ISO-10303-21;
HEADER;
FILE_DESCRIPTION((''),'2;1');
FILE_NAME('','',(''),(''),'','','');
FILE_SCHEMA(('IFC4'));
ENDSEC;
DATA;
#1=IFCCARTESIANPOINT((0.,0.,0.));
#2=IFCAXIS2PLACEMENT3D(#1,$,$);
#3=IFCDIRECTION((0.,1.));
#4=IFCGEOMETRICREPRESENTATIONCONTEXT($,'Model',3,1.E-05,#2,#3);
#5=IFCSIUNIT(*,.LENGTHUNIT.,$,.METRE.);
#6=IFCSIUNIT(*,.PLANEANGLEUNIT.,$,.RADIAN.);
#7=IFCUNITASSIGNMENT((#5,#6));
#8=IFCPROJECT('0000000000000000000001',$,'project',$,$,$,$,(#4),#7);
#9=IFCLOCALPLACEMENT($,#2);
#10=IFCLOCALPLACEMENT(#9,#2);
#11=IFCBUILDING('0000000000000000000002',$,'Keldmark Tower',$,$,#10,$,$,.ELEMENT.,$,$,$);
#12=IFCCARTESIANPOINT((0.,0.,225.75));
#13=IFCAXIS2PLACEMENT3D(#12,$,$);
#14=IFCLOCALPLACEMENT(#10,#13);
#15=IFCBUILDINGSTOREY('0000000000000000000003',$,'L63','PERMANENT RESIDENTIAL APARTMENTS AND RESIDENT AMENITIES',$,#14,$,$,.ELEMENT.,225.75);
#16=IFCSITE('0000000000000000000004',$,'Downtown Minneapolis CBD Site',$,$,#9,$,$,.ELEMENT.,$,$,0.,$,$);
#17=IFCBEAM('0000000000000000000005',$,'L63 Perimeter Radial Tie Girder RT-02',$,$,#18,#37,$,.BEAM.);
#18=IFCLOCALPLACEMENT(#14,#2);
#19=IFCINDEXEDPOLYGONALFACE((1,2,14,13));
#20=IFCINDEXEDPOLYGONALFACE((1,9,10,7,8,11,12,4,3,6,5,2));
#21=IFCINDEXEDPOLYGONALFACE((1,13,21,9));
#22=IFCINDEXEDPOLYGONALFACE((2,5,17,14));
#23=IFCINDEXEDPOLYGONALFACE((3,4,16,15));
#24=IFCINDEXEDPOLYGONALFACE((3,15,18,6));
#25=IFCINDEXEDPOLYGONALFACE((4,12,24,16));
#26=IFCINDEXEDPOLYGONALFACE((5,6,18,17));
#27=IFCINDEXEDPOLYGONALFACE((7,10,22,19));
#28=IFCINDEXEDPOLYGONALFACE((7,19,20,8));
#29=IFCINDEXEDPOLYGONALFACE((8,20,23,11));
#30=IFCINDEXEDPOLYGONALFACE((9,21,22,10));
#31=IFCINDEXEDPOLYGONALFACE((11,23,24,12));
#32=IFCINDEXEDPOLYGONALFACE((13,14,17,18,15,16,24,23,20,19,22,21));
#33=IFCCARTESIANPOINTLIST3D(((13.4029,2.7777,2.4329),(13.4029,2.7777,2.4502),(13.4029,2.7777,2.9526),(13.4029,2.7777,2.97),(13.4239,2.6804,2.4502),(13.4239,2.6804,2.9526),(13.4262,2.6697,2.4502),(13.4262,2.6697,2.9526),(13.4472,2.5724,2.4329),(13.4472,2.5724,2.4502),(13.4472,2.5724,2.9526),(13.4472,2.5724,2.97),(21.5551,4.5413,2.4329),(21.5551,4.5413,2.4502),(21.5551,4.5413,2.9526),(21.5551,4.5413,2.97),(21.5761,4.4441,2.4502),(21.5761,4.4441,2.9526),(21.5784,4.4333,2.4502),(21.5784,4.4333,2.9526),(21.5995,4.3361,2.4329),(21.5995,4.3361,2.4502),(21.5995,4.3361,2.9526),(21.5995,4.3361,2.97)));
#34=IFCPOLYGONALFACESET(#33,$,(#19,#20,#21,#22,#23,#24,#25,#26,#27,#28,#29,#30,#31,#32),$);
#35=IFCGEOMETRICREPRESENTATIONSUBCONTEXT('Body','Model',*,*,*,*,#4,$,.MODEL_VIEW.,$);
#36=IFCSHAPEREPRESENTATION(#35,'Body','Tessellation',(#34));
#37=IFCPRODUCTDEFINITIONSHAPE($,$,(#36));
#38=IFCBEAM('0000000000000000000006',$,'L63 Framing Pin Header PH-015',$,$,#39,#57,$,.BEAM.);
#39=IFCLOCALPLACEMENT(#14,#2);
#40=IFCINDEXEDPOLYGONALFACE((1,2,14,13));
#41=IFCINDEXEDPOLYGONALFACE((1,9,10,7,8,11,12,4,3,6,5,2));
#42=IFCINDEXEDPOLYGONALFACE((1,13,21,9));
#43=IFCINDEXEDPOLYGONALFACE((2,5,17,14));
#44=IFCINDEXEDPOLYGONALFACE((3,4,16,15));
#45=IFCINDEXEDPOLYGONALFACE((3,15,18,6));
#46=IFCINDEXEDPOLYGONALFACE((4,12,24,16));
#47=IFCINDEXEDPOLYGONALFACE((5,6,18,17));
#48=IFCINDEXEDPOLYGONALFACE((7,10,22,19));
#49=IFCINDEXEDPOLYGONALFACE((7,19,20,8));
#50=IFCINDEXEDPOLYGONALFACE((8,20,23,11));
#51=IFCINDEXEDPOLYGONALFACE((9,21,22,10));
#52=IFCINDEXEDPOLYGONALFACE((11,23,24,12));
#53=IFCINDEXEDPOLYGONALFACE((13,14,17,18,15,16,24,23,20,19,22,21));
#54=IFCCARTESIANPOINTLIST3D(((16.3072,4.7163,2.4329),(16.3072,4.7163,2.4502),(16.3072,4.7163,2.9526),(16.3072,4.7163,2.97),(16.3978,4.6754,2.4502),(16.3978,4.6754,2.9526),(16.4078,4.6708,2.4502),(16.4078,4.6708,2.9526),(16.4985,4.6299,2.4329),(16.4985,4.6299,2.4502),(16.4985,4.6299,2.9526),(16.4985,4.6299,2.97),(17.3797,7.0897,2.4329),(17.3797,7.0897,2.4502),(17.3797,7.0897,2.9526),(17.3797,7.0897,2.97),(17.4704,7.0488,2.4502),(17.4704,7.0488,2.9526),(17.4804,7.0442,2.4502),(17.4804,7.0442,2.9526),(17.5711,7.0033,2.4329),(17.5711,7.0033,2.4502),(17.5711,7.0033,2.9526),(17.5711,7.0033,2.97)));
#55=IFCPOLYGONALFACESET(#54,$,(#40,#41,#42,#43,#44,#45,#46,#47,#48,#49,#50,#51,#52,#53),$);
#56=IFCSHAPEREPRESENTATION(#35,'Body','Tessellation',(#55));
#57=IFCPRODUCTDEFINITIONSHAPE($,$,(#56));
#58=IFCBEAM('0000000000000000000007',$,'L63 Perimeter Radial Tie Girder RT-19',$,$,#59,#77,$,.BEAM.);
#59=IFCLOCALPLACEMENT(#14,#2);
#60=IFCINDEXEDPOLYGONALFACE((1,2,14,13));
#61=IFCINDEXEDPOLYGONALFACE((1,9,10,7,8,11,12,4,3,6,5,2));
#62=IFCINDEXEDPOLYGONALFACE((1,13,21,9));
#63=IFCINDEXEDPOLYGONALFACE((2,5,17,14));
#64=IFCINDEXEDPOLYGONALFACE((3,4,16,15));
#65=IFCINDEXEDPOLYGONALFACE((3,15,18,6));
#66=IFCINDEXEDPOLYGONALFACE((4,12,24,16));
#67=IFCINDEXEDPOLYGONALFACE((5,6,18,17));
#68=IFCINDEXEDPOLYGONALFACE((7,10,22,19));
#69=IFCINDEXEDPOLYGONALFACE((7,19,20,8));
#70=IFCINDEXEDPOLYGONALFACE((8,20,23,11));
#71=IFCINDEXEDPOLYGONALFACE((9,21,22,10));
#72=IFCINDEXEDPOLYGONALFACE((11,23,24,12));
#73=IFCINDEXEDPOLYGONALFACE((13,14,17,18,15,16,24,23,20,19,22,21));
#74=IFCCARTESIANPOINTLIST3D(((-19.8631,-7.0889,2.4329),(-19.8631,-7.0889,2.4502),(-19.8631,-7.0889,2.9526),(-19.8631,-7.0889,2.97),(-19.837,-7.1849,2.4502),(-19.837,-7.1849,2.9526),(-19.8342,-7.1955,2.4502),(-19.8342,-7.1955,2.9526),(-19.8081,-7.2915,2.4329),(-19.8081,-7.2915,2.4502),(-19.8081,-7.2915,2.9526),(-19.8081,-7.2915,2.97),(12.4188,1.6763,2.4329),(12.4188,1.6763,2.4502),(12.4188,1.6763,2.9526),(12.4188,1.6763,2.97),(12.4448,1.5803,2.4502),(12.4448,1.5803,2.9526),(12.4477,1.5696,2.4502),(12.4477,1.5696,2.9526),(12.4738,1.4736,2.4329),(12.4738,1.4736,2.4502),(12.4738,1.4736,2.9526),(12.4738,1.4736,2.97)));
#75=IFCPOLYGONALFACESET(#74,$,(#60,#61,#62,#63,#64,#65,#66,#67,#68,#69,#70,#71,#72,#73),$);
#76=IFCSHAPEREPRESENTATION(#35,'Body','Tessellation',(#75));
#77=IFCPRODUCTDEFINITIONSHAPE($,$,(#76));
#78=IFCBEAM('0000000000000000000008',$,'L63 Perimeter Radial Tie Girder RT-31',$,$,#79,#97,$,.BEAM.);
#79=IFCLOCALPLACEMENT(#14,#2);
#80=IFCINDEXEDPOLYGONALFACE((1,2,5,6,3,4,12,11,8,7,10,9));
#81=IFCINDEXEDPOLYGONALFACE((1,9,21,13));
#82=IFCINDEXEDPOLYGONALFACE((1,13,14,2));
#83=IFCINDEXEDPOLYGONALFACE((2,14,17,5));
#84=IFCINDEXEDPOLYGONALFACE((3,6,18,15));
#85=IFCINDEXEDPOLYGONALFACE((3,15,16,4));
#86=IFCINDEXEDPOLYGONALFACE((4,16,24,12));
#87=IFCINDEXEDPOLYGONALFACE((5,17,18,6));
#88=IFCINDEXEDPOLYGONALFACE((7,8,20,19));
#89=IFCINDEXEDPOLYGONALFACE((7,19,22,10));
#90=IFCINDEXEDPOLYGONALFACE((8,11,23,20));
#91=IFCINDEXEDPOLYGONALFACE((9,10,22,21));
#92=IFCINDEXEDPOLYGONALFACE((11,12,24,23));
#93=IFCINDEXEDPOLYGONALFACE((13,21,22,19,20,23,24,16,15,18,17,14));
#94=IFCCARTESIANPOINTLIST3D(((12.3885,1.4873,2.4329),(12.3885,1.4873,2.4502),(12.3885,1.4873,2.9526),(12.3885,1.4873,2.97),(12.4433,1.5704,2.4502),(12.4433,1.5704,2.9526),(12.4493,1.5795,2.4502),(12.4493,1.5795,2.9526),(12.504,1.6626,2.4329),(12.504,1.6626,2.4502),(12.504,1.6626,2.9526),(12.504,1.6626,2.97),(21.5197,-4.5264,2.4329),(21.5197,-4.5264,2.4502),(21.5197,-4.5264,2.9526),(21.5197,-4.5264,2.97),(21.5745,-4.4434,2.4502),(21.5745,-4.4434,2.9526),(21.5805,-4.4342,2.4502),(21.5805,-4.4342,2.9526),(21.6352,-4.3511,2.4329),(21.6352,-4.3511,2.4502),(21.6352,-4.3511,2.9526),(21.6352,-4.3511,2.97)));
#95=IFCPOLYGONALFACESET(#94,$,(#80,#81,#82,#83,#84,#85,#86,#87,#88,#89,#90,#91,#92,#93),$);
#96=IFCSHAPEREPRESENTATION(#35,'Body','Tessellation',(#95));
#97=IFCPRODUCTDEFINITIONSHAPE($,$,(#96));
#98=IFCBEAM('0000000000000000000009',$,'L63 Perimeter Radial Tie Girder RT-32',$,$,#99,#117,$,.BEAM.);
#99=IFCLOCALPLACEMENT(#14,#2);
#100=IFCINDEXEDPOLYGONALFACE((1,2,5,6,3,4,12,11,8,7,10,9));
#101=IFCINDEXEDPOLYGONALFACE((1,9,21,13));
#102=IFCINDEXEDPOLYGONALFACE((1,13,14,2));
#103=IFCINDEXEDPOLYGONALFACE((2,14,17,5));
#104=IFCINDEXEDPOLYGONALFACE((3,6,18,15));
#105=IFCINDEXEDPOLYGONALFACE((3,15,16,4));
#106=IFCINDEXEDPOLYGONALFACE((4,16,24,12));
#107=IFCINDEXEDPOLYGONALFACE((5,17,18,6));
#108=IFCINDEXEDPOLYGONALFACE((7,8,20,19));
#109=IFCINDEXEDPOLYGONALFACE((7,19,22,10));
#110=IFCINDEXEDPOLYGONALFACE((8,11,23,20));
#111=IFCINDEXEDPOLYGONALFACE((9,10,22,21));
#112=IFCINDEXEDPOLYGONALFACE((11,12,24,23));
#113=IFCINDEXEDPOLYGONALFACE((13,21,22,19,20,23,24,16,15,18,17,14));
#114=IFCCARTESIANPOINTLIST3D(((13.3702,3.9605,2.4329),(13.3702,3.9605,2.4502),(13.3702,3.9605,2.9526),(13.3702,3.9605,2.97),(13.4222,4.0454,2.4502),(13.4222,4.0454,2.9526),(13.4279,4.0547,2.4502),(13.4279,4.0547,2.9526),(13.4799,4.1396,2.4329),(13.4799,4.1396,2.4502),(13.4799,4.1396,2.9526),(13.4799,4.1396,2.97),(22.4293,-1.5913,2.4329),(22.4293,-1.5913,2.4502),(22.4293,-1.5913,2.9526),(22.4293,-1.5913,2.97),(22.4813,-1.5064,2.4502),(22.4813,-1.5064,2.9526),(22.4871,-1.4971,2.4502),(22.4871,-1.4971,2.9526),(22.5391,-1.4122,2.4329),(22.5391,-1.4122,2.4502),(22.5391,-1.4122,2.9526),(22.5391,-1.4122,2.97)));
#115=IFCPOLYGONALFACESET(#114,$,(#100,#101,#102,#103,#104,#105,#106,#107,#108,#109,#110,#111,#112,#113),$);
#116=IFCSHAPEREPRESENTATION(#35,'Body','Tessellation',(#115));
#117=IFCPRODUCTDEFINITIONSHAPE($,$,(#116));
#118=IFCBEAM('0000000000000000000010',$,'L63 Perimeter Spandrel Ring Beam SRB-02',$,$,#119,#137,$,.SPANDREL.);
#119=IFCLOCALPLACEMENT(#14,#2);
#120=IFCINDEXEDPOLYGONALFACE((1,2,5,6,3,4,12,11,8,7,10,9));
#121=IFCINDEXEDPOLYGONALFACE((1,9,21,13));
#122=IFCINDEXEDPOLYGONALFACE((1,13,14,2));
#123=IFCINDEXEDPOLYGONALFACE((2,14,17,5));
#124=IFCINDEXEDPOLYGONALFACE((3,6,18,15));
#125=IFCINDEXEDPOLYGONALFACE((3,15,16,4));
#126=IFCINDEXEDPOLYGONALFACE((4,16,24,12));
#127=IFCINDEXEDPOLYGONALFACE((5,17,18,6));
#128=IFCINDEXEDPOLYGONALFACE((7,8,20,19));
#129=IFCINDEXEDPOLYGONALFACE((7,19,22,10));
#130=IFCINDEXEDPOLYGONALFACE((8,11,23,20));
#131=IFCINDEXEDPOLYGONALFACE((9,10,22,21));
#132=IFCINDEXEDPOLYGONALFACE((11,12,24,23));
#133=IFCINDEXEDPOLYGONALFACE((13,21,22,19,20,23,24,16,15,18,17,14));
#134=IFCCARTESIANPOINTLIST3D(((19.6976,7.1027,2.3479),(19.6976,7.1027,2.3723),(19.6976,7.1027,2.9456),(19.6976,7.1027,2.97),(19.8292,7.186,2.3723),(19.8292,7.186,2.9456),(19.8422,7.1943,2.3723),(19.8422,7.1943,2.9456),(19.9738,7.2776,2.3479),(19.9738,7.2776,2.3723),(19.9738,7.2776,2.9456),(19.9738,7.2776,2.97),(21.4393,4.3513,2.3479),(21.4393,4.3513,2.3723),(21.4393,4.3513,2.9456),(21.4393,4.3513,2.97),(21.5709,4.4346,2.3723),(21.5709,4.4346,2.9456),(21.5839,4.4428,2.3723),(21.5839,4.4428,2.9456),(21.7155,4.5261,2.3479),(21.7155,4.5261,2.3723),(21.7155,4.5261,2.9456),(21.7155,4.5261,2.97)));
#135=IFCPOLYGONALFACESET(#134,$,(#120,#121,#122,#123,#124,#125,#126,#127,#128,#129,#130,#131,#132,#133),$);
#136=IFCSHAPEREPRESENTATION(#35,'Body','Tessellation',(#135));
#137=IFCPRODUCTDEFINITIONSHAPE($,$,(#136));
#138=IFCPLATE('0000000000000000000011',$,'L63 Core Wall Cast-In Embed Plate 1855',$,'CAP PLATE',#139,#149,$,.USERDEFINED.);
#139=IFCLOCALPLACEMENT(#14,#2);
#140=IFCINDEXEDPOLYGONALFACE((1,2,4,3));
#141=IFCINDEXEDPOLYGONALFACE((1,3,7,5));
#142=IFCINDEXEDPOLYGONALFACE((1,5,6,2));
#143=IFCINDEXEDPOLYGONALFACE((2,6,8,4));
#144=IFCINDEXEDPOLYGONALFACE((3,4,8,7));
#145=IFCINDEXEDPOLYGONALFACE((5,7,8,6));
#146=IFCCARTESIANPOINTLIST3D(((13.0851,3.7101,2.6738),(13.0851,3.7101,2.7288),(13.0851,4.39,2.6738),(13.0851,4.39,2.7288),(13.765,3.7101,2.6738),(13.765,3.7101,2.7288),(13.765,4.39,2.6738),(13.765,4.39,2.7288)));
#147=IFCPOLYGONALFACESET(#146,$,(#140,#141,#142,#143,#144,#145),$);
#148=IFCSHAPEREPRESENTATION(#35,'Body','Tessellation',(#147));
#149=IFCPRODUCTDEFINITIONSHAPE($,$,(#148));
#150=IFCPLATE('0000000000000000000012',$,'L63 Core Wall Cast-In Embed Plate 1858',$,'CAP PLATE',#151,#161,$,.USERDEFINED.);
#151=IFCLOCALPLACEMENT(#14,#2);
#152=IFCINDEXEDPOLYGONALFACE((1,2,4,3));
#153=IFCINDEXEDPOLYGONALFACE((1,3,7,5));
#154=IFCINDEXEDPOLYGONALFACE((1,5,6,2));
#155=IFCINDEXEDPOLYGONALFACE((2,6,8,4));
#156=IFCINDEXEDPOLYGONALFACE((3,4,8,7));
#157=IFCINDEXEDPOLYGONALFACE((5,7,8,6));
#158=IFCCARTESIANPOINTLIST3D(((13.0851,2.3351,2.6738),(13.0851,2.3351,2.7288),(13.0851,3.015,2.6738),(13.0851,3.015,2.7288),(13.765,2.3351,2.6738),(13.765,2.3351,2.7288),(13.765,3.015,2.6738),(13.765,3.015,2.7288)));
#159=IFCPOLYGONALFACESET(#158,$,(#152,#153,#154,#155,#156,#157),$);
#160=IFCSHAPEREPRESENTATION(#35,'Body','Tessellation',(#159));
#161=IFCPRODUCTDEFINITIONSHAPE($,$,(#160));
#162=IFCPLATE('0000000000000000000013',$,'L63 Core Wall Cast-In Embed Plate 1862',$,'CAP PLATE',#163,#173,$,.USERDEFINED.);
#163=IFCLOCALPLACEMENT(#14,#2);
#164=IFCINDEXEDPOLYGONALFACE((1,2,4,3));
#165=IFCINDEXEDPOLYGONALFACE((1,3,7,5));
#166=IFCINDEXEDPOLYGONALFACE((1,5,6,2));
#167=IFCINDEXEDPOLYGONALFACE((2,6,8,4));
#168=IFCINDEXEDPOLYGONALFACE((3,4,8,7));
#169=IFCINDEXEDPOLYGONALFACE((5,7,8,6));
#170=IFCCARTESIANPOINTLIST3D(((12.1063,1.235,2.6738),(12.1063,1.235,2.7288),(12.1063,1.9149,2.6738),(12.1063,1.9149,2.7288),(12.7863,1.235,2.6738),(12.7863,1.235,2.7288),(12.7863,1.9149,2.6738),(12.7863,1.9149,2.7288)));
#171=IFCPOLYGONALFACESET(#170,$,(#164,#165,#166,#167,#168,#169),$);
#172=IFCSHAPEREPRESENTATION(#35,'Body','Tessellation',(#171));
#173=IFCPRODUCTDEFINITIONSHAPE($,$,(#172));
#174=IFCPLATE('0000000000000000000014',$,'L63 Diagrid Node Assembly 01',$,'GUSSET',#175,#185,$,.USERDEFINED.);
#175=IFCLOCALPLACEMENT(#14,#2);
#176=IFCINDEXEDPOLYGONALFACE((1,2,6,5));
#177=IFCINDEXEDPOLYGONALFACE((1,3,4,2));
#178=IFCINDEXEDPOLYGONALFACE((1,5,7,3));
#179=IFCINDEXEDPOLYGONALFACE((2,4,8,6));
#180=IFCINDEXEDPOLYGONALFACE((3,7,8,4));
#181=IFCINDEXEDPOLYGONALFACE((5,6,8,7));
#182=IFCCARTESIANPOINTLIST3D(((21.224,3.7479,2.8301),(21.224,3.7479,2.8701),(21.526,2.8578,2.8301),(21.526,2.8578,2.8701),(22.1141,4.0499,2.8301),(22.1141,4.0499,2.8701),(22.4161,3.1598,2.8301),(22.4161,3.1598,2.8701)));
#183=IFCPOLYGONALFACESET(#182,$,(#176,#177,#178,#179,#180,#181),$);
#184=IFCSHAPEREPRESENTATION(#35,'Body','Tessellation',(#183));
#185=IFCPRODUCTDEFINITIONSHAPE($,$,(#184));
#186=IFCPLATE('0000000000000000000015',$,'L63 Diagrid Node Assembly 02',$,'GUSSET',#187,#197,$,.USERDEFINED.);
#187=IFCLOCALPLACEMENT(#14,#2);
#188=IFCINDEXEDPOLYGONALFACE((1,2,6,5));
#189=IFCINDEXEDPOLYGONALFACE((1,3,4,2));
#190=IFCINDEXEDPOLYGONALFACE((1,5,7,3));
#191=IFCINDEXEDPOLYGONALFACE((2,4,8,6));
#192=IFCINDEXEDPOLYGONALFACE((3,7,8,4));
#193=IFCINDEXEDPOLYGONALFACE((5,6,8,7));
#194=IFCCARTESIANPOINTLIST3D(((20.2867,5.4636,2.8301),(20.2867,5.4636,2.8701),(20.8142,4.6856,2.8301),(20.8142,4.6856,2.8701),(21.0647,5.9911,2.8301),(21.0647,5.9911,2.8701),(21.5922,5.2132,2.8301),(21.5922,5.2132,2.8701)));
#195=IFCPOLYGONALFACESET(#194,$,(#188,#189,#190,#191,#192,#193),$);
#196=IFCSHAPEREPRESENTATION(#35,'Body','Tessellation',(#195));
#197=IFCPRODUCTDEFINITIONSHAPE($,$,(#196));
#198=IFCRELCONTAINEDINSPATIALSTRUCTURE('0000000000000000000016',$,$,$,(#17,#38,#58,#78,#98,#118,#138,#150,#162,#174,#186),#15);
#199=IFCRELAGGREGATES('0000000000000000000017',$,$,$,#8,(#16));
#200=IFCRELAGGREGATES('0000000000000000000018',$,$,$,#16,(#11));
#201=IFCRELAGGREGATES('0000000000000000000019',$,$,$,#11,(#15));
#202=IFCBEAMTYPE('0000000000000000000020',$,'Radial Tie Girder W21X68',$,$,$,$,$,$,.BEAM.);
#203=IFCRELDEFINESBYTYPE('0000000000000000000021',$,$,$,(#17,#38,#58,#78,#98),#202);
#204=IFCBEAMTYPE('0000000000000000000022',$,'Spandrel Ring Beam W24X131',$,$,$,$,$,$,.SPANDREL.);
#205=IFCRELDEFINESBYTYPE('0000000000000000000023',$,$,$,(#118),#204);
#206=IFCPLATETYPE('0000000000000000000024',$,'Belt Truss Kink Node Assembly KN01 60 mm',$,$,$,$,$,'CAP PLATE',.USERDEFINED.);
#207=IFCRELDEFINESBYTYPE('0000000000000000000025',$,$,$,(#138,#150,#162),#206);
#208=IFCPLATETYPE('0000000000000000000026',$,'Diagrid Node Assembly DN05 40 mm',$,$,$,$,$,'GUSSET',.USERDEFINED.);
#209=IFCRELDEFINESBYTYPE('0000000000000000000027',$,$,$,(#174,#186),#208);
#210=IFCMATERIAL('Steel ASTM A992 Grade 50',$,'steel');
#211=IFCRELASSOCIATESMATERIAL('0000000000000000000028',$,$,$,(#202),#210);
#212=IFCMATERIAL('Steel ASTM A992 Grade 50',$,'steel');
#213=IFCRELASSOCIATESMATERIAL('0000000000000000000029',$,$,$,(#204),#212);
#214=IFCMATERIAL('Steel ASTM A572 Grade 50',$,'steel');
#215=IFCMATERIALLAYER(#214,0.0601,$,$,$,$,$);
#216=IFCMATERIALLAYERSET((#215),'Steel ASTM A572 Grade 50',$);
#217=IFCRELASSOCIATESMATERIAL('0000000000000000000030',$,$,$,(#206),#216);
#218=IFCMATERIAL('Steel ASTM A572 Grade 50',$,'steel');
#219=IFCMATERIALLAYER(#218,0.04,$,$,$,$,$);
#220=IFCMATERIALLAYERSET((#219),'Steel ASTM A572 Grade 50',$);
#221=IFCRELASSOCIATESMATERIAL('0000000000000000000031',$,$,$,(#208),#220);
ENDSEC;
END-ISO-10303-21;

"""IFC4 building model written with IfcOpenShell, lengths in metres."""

from ifc_helpers import new_model, si_unit, direction, frame, origin, origin_2d, place, context, subcontext, project, spatial, rectangle, i_section, extrude, material, layer, layer_set, material_profile, profile_set, type_object, element, save


model = new_model("IFC4")

# Units and contexts
model_context = context("Model", 3, precision=1e-05, world=origin(), true_north=direction((0.0, 1.0)))
body_context = subcontext(model_context, "Body", "Model", "MODEL_VIEW")
ifc_project = project(units=[si_unit("LENGTHUNIT", "METRE"), si_unit("PLANEANGLEUNIT", "RADIAN")], contexts=[model_context])

# Site, building, storey
site_placement = place(None, origin())
site = spatial("IfcSite", under=ifc_project, at=site_placement, Name="Downtown Minneapolis CBD Site", CompositionType="ELEMENT", RefElevation=0.0)
building_placement = place(site_placement, origin())
building = spatial("IfcBuilding", under=site, at=building_placement, Name="Keldmark Tower", CompositionType="ELEMENT")
storey_placement = place(building_placement, frame((0.0, 0.0, 225.75)))
storey = spatial("IfcBuildingStorey", under=building, at=storey_placement, Name="L63", Description="PERMANENT RESIDENTIAL APARTMENTS AND RESIDENT AMENITIES", CompositionType="ELEMENT", Elevation=225.75)

# Beams
ifc_material_1 = material(Name="Steel ASTM A992 Grade 50", Category="steel")
ifc_material_profile_1 = material_profile(ifc_material_1, i_section(OverallWidth=0.21, OverallDepth=0.5371, WebThickness=0.011, FlangeThickness=0.0173, at=origin_2d()), Name="W21X68")
ifc_profile_set_1 = profile_set([ifc_material_profile_1], Name="Steel ASTM A992 Grade 50")
beam_type_1 = type_object("IfcBeamType", Name="Radial Tie Girder W21X68", PredefinedType="BEAM", material=ifc_profile_set_1)
beam_1_placement = place(storey_placement, frame((13.425, 2.675, 2.7014), z_axis=(0.977389, 0.211448, 0.0), x_axis=(-0.211448, 0.977389, 0.0)))
element("IfcBeam", 1, at=beam_1_placement, inside=storey, type_object=beam_type_1, Name="L63 Perimeter Radial Tie Girder RT-02", PredefinedType="BEAM", context=body_context, shape_type="SweptSolid", body=[
    extrude(i_section(OverallWidth=0.21, OverallDepth=0.5371, WebThickness=0.011, FlangeThickness=0.0173, at=origin_2d()), origin(), (0.0, 0.0, 1.0), 8.3408),
])
beam_2_placement = place(storey_placement, frame((16.4028, 4.6731, 2.7014), z_axis=(0.41181, 0.91127, 0.0), x_axis=(-0.91127, 0.41181, 0.0)))
element("IfcBeam", 2, at=beam_2_placement, inside=storey, type_object=beam_type_1, Name="L63 Framing Pin Header PH-015", PredefinedType="BEAM", context=body_context, shape_type="SweptSolid", body=[
    extrude(i_section(OverallWidth=0.21, OverallDepth=0.5371, WebThickness=0.011, FlangeThickness=0.0173, at=origin_2d()), origin(), (0.0, 0.0, 1.0), 2.6045),
])
beam_3_placement = place(storey_placement, frame((12.4463, 1.575, 2.7014), z_axis=(-0.965059, -0.262031, 0.0), x_axis=(0.262031, -0.965059, 0.0)))
element("IfcBeam", 3, at=beam_3_placement, inside=storey, type_object=beam_type_1, Name="L63 Perimeter Radial Tie Girder RT-19", PredefinedType="BEAM", context=body_context, shape_type="SweptSolid", body=[
    extrude(i_section(OverallWidth=0.21, OverallDepth=0.5371, WebThickness=0.011, FlangeThickness=0.0173, at=origin_2d()), origin(), (0.0, 0.0, 1.0), 33.4507),
])
beam_4_placement = place(storey_placement, frame((12.4463, 1.575, 2.7014), z_axis=(0.83515, -0.550023, 0.0), x_axis=(0.550023, 0.83515, 0.0)))
element("IfcBeam", 4, at=beam_4_placement, inside=storey, type_object=beam_type_1, Name="L63 Perimeter Radial Tie Girder RT-31", PredefinedType="BEAM", context=body_context, shape_type="SweptSolid", body=[
    extrude(i_section(OverallWidth=0.21, OverallDepth=0.5371, WebThickness=0.011, FlangeThickness=0.0173, at=origin_2d()), origin(), (0.0, 0.0, 1.0), 10.9336),
])
beam_5_placement = place(storey_placement, frame((13.425, 4.05, 2.7014), z_axis=(0.852626, -0.522522, 0.0), x_axis=(0.522522, 0.852626, 0.0)))
element("IfcBeam", 5, at=beam_5_placement, inside=storey, type_object=beam_type_1, Name="L63 Perimeter Radial Tie Girder RT-32", PredefinedType="BEAM", context=body_context, shape_type="SweptSolid", body=[
    extrude(i_section(OverallWidth=0.21, OverallDepth=0.5371, WebThickness=0.011, FlangeThickness=0.0173, at=origin_2d()), origin(), (0.0, 0.0, 1.0), 10.625),
])
ifc_material_2 = material(Name="Steel ASTM A992 Grade 50", Category="steel")
ifc_material_profile_2 = material_profile(ifc_material_2, i_section(OverallWidth=0.3269, OverallDepth=0.6221, WebThickness=0.0154, FlangeThickness=0.0244, at=origin_2d()), Name="W24X131")
ifc_profile_set_2 = profile_set([ifc_material_profile_2], Name="Steel ASTM A992 Grade 50")
beam_type_2 = type_object("IfcBeamType", Name="Spandrel Ring Beam W24X131", PredefinedType="SPANDREL", material=ifc_profile_set_2)
beam_6_placement = place(storey_placement, frame((21.5774, 4.4387, 2.6589), z_axis=(-0.534856, 0.844943, 0.0), x_axis=(-0.844943, -0.534856, 0.0)))
element("IfcBeam", 6, at=beam_6_placement, inside=storey, type_object=beam_type_2, Name="L63 Perimeter Spandrel Ring Beam SRB-02", PredefinedType="SPANDREL", context=body_context, shape_type="SweptSolid", body=[
    extrude(i_section(OverallWidth=0.3269, OverallDepth=0.6221, WebThickness=0.0154, FlangeThickness=0.0244, at=origin_2d()), origin(), (0.0, 0.0, 1.0), 3.2563),
])

# Plates
ifc_material_3 = material(Name="Steel ASTM A572 Grade 50", Category="steel")
ifc_layer_1 = layer(ifc_material_3, 0.0601)
ifc_layer_set_1 = layer_set([ifc_layer_1], Name="Steel ASTM A572 Grade 50")
plate_type_1 = type_object("IfcPlateType", Name="Belt Truss Kink Node Assembly KN01 60 mm", ElementType="CAP PLATE", PredefinedType="USERDEFINED", material=ifc_layer_set_1)
for number, where, z_axis, x_axis, name in (
    (7, (13.425, 4.05, 2.6738), (0.0, 0.0, 1.0), (1.0, 0.0, 0.0), "L63 Core Wall Cast-In Embed Plate 1855"),
    (8, (13.425, 2.675, 2.6738), (0.0, 0.0, 1.0), (1.0, 0.0, 0.0), "L63 Core Wall Cast-In Embed Plate 1858"),
    (9, (12.4463, 1.575, 2.6738), (0.0, 0.0, 1.0), (1.0, 0.0, 0.0), "L63 Core Wall Cast-In Embed Plate 1862"),
):
    element("IfcPlate", number, at=place(storey_placement, frame(where, z_axis=z_axis, x_axis=x_axis)), inside=storey, type_object=plate_type_1, Name=name, ObjectType="CAP PLATE", PredefinedType="USERDEFINED", context=body_context, shape_type="SweptSolid", body=[
        extrude(rectangle(XDim=0.6799, YDim=0.6799, at=origin_2d()), origin(), (0.0, 0.0, 1.0), 0.0549),
    ])
ifc_material_4 = material(Name="Steel ASTM A572 Grade 50", Category="steel")
ifc_layer_2 = layer(ifc_material_4, 0.04)
ifc_layer_set_2 = layer_set([ifc_layer_2], Name="Steel ASTM A572 Grade 50")
plate_type_2 = type_object("IfcPlateType", Name="Diagrid Node Assembly DN05 40 mm", ElementType="GUSSET", PredefinedType="USERDEFINED", material=ifc_layer_set_2)
for number, where, z_axis, x_axis, name in (
    (10, (21.8201, 3.4539, 2.8301), (0.0, 0.0, 1.0), (-0.321274, 0.946986, 0.0), "L63 Diagrid Node Assembly 01"),
    (11, (20.9395, 5.3384, 2.8301), (0.0, 0.0, 1.0), (-0.561217, 0.827669, 0.0), "L63 Diagrid Node Assembly 02"),
):
    element("IfcPlate", number, at=place(storey_placement, frame(where, z_axis=z_axis, x_axis=x_axis)), inside=storey, type_object=plate_type_2, Name=name, ObjectType="GUSSET", PredefinedType="USERDEFINED", context=body_context, shape_type="SweptSolid", body=[
        extrude(rectangle(XDim=0.9399, YDim=0.9399, at=origin_2d()), origin(), (0.0, 0.0, 1.0), 0.04),
    ])

save(model, "model.ifc")
